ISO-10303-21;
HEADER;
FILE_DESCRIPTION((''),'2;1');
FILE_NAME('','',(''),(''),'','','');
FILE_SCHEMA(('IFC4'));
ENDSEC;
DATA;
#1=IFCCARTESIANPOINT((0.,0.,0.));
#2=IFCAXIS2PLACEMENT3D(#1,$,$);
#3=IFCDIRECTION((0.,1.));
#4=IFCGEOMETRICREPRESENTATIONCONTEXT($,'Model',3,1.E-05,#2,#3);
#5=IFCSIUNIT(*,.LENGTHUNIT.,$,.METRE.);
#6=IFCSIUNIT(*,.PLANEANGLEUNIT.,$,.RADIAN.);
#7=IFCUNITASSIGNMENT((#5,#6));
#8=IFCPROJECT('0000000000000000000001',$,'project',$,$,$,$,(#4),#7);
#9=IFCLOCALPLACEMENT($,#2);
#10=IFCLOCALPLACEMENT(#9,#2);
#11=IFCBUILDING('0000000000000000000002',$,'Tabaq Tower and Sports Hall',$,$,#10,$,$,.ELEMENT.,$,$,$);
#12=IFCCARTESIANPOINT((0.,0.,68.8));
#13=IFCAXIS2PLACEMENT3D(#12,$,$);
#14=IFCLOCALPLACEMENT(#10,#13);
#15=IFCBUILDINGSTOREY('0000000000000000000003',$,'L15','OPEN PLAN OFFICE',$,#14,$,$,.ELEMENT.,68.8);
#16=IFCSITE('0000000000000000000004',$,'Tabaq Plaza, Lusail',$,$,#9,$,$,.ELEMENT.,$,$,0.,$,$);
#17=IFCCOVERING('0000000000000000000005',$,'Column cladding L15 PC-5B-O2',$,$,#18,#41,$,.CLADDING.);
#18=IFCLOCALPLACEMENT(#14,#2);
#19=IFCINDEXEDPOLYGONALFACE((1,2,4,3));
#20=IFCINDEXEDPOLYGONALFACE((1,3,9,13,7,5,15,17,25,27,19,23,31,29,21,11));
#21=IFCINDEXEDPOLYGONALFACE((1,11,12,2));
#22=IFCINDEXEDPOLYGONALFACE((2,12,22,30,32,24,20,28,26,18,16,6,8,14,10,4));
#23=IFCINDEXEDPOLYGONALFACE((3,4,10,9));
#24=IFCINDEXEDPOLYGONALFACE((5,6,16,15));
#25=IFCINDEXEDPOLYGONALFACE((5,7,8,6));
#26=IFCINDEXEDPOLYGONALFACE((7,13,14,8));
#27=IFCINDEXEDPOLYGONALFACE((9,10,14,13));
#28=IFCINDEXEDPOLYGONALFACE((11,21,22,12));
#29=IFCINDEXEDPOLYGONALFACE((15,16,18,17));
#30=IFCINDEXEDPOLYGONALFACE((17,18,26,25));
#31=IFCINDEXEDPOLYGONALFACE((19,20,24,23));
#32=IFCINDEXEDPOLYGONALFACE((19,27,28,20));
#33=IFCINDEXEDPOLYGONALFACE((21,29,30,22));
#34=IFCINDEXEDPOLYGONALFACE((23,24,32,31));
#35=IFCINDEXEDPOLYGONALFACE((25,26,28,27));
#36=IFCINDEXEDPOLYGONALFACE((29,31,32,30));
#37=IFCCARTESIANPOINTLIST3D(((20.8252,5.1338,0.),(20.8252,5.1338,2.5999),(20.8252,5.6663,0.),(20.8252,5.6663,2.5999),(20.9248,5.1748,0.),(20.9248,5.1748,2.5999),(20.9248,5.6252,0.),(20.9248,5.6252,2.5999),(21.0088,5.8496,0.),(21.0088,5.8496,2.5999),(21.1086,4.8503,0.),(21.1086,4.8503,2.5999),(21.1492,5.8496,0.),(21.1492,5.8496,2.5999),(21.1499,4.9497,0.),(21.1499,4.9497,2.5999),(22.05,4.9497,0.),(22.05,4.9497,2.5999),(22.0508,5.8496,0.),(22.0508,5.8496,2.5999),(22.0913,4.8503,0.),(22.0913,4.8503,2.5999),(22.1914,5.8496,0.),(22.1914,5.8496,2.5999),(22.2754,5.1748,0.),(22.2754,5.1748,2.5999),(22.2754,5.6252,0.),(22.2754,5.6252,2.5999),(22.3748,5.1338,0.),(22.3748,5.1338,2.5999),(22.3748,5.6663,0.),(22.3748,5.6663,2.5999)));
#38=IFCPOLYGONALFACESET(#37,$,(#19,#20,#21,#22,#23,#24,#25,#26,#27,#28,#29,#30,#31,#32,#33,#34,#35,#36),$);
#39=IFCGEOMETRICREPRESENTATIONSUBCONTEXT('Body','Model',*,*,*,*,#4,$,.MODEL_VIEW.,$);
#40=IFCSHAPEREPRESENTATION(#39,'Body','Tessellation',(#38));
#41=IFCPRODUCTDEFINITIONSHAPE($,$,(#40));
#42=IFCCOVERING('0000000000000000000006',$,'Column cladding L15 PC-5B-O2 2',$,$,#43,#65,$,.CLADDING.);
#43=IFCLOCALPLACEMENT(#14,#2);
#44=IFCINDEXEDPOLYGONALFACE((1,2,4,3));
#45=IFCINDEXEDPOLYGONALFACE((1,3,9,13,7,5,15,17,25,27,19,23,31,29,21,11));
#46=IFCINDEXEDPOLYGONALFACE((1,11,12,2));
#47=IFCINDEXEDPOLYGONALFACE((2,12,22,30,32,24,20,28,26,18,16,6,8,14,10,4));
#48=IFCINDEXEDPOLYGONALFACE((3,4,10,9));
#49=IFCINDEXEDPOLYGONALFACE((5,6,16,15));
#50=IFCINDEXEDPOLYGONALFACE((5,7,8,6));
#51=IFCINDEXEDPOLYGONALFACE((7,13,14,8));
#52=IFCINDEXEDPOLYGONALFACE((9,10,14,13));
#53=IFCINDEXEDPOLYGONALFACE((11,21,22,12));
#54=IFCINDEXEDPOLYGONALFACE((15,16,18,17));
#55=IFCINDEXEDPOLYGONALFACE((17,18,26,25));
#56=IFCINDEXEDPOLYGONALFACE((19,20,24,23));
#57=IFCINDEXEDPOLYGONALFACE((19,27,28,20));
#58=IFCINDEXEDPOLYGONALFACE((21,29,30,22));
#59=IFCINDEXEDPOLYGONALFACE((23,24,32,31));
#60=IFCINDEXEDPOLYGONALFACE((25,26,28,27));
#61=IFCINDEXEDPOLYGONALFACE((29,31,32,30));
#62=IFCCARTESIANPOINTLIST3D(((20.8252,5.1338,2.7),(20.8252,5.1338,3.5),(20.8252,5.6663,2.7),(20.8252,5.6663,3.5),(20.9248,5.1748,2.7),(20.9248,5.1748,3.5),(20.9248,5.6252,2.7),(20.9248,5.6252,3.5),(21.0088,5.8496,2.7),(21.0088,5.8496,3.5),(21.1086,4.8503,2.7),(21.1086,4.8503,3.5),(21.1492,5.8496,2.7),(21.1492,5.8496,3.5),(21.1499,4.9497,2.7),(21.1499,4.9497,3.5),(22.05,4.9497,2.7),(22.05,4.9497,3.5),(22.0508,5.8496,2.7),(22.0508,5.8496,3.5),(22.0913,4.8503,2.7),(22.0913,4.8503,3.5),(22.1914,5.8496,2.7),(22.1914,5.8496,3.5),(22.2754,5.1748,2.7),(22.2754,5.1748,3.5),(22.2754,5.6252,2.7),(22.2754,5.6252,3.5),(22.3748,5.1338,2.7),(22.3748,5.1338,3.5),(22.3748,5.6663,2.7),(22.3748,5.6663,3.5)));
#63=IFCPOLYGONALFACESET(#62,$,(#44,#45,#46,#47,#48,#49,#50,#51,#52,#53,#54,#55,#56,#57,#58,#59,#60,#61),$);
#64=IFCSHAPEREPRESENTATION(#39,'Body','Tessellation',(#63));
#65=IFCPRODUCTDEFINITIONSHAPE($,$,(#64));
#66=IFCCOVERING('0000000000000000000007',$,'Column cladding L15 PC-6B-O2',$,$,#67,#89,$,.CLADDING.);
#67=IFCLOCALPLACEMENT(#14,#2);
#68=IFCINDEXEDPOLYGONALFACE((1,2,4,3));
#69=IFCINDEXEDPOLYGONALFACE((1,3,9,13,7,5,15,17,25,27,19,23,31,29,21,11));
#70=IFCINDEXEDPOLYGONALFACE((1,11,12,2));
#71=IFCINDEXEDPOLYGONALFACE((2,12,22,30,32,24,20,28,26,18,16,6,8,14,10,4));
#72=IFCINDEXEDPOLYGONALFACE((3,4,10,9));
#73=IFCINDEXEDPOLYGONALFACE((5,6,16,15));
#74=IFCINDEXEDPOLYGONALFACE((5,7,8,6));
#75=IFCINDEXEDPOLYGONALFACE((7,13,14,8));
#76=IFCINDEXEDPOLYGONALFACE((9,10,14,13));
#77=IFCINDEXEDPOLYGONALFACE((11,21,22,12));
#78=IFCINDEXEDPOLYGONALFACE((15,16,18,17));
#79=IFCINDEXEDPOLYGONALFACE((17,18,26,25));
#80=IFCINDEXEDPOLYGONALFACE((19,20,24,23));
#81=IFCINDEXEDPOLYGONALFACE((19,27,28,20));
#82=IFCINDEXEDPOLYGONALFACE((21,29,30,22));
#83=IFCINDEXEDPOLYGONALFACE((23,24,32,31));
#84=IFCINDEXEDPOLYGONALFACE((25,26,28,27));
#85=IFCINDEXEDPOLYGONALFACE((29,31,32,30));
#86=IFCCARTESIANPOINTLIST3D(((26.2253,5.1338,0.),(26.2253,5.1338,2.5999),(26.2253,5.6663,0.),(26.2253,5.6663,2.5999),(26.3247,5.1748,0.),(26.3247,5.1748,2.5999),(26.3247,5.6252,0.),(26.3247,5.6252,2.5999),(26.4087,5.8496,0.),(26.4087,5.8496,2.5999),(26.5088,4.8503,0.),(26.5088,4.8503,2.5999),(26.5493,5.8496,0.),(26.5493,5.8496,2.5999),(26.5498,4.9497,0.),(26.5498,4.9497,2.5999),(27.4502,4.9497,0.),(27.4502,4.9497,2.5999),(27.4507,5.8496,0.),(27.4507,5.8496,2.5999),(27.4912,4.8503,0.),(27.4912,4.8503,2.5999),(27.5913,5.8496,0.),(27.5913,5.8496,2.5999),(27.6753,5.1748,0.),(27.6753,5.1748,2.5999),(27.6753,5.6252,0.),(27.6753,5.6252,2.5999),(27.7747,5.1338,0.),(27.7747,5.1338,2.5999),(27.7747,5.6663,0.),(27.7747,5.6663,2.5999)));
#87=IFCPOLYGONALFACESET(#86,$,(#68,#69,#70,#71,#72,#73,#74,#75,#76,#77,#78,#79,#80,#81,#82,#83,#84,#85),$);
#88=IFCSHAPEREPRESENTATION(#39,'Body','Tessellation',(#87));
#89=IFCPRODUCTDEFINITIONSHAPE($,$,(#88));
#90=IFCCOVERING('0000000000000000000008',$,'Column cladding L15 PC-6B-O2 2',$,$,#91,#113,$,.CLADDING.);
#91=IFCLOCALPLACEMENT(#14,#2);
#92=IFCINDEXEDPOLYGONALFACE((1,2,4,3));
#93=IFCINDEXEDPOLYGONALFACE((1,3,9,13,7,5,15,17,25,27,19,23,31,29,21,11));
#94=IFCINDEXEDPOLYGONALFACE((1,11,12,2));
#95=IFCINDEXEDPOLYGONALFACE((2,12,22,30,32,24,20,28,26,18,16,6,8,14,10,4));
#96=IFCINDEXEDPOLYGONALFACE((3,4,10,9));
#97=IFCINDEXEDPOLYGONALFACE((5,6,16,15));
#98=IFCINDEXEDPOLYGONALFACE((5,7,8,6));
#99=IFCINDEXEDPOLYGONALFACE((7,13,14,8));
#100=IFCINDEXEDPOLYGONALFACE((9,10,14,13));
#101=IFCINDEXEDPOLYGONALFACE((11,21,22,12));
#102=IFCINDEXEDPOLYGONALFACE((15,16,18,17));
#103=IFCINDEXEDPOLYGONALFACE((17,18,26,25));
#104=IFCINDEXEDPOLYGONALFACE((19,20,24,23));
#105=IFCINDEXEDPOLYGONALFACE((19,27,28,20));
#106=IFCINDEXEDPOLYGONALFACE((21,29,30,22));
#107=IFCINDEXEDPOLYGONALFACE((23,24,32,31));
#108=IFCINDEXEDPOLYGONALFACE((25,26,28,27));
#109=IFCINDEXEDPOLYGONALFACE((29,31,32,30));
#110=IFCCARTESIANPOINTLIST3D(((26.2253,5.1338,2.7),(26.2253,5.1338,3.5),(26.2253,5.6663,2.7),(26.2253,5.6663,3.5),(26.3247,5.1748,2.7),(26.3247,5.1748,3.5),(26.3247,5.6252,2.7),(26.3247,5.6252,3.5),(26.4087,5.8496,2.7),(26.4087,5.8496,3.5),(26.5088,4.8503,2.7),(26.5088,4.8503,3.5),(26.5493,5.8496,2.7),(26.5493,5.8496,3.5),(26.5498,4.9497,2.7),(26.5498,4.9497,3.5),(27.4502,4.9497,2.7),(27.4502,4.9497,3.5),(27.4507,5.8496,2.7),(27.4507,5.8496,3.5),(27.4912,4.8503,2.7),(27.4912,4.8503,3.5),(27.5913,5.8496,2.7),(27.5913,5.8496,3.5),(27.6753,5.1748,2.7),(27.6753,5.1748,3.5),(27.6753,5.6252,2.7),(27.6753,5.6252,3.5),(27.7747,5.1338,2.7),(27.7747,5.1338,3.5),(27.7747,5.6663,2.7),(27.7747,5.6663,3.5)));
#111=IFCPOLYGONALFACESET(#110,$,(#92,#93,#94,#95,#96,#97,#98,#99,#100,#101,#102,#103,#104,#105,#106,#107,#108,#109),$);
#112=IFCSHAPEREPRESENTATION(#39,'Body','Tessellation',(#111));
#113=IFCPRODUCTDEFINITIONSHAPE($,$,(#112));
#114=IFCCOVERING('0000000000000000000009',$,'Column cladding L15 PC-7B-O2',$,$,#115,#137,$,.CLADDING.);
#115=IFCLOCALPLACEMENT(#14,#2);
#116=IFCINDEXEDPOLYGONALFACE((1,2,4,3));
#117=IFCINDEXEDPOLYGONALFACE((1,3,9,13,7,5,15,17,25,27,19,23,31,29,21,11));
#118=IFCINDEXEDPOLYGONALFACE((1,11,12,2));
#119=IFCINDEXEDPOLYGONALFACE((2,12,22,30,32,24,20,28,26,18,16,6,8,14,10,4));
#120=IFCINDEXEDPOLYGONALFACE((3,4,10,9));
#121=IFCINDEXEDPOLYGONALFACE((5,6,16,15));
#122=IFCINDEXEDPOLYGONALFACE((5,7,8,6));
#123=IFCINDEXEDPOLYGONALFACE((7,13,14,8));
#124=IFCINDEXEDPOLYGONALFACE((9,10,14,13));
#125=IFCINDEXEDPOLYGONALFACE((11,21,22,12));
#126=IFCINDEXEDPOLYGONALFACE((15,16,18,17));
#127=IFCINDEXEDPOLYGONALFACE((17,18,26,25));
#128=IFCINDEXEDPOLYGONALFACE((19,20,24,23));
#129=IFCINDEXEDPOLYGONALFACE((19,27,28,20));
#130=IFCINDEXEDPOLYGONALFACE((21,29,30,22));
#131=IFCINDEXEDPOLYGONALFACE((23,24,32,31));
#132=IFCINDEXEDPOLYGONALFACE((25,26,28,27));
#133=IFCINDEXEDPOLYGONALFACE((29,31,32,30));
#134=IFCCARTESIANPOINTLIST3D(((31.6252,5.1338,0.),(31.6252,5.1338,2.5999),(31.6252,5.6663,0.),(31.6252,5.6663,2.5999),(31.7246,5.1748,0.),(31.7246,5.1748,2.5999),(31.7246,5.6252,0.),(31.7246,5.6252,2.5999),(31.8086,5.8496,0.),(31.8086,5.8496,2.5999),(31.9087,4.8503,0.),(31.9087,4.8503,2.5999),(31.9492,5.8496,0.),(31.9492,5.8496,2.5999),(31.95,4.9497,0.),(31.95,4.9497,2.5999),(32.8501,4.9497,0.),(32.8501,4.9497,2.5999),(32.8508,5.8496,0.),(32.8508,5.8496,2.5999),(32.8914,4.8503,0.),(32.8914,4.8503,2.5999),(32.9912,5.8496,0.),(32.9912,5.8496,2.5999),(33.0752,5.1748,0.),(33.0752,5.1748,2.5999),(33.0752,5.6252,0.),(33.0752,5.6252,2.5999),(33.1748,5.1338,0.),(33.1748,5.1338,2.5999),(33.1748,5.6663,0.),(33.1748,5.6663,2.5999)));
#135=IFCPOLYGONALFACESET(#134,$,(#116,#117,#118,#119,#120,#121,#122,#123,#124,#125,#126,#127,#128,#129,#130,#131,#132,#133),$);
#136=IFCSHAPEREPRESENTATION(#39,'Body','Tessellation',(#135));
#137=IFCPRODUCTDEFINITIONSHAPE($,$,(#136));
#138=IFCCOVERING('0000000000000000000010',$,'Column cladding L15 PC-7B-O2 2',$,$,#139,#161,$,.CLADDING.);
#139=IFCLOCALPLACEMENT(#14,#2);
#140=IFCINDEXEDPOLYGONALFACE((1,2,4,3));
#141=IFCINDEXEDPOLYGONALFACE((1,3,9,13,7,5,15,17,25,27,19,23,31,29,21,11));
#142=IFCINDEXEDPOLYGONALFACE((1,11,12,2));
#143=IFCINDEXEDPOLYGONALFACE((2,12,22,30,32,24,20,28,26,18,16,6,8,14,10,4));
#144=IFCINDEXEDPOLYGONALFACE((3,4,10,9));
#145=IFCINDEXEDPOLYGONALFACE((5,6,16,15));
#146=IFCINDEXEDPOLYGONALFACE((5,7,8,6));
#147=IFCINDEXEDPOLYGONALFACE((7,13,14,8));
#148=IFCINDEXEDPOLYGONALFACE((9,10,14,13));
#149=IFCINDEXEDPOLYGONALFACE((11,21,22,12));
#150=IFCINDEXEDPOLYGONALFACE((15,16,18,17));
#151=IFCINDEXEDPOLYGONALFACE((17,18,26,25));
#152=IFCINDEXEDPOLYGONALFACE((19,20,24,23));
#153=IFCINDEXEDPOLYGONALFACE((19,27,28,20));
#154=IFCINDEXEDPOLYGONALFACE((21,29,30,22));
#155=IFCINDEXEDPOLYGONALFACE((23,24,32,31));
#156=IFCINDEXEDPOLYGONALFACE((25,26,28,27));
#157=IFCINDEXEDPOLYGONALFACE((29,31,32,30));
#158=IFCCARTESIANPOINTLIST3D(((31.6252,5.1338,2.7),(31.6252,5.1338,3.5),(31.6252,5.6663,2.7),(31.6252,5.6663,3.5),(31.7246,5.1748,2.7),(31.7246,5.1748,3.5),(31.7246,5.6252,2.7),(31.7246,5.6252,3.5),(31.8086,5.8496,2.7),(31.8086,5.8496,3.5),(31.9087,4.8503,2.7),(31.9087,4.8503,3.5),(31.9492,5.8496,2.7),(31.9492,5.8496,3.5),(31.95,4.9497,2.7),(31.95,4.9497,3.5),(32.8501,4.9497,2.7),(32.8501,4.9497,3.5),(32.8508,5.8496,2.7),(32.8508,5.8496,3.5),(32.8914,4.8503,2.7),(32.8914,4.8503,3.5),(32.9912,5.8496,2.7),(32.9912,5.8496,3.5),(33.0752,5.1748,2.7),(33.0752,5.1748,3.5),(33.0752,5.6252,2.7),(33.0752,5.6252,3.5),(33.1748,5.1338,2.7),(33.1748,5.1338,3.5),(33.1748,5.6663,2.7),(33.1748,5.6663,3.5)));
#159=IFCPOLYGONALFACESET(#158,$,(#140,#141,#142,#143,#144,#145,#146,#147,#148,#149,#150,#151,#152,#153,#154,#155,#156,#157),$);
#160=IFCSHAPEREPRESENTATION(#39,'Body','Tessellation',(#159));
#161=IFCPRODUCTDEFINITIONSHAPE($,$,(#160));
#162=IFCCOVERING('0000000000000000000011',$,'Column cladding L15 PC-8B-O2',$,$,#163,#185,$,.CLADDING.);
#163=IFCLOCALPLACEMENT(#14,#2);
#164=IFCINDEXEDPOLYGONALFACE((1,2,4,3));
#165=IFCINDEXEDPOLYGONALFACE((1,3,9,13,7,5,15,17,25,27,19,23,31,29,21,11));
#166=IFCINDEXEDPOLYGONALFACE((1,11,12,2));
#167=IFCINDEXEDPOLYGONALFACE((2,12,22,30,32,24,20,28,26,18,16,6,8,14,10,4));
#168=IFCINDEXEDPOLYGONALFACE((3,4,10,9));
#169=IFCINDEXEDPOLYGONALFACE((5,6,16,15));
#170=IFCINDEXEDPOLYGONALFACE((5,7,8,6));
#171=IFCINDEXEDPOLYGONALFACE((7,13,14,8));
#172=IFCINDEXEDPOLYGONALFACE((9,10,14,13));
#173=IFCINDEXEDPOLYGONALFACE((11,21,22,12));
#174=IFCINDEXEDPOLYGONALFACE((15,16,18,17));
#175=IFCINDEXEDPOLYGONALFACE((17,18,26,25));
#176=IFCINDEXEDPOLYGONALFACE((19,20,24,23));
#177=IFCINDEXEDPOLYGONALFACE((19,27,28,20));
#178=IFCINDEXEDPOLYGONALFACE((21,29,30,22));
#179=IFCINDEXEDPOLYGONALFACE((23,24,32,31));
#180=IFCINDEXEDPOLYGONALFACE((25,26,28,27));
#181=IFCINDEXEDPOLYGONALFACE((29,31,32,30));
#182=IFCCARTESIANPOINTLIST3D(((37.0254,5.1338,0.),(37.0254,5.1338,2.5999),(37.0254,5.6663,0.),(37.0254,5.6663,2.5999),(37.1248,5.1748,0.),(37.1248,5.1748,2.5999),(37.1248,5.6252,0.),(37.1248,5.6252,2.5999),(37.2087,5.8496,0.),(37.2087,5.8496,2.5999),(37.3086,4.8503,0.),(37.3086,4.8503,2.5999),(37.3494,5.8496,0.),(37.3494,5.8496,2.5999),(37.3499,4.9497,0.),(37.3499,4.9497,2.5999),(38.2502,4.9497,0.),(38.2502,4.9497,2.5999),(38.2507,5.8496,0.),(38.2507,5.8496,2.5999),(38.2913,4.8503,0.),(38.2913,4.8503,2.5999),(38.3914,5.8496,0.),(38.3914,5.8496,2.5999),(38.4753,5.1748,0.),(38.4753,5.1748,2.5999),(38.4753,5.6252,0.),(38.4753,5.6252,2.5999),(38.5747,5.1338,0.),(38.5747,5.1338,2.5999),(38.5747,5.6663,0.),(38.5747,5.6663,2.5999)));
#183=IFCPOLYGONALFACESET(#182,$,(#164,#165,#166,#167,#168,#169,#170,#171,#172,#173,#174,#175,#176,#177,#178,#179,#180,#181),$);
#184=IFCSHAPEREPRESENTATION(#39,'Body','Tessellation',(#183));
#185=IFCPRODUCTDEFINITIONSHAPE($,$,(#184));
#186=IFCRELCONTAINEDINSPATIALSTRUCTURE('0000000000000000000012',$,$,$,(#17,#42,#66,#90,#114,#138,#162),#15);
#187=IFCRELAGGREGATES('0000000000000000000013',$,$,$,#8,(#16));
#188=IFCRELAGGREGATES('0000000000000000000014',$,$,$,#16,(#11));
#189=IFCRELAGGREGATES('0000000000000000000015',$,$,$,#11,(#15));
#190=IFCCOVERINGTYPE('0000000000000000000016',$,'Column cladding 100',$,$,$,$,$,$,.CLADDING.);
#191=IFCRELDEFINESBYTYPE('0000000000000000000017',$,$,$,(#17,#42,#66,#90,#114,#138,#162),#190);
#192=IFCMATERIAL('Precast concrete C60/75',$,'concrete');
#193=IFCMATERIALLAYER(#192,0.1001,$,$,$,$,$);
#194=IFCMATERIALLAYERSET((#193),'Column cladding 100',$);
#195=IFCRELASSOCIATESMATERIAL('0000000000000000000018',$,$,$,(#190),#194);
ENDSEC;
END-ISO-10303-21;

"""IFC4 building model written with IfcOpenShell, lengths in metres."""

from ifc_helpers import new_model, si_unit, direction, frame, origin, place, context, subcontext, project, spatial, polyline, outline, extrude, material, layer, layer_set, type_object, element, save


model = new_model("IFC4")

# Units and contexts
model_context = context("Model", 3, precision=1e-05, world=origin(), true_north=direction((0.0, 1.0)))
body_context = subcontext(model_context, "Body", "Model", "MODEL_VIEW")
ifc_project = project(units=[si_unit("LENGTHUNIT", "METRE"), si_unit("PLANEANGLEUNIT", "RADIAN")], contexts=[model_context])

# Site, building, storey
site_placement = place(None, origin())
site = spatial("IfcSite", under=ifc_project, at=site_placement, Name="Tabaq Plaza, Lusail", CompositionType="ELEMENT", RefElevation=0.0)
building_placement = place(site_placement, origin())
building = spatial("IfcBuilding", under=site, at=building_placement, Name="Tabaq Tower and Sports Hall", CompositionType="ELEMENT")
storey_placement = place(building_placement, frame((0.0, 0.0, 68.8)))
storey = spatial("IfcBuildingStorey", under=building, at=storey_placement, Name="L15", Description="OPEN PLAN OFFICE", CompositionType="ELEMENT", Elevation=68.8)

# Coverings
ifc_material_1 = material(Name="Precast concrete C60/75", Category="concrete")
ifc_layer_1 = layer(ifc_material_1, 0.1001)
ifc_layer_set_1 = layer_set([ifc_layer_1], Name="Column cladding 100")
covering_type = type_object("IfcCoveringType", Name="Column cladding 100", PredefinedType="CLADDING", material=ifc_layer_set_1)
covering_1_placement = place(storey_placement, origin())
element("IfcCovering", 1, at=covering_1_placement, inside=storey, type_object=covering_type, Name="Column cladding L15 PC-5B-O2", PredefinedType="CLADDING", context=body_context, shape_type="SweptSolid", body=[
    extrude(outline(polyline([(20.8252, 5.6663), (21.0088, 5.8496), (21.1492, 5.8496), (20.9248, 5.6252), (20.9248, 5.1748), (21.1499, 4.9497), (22.05, 4.9497), (22.2754, 5.1748), (22.2754, 5.6252), (22.0508, 5.8496), (22.1914, 5.8496), (22.3748, 5.6663), (22.3748, 5.1338), (22.0913, 4.8503), (21.1086, 4.8503), (20.8252, 5.1338), (20.8252, 5.6663)])), origin(), (0.0, 0.0, 1.0), 2.5999),
])
covering_2_placement = place(storey_placement, frame((0.0, 0.0, 2.7)))
element("IfcCovering", 2, at=covering_2_placement, inside=storey, type_object=covering_type, Name="Column cladding L15 PC-5B-O2 2", PredefinedType="CLADDING", context=body_context, shape_type="SweptSolid", body=[
    extrude(outline(polyline([(20.8252, 5.6663), (21.0088, 5.8496), (21.1492, 5.8496), (20.9248, 5.6252), (20.9248, 5.1748), (21.1499, 4.9497), (22.05, 4.9497), (22.2754, 5.1748), (22.2754, 5.6252), (22.0508, 5.8496), (22.1914, 5.8496), (22.3748, 5.6663), (22.3748, 5.1338), (22.0913, 4.8503), (21.1086, 4.8503), (20.8252, 5.1338), (20.8252, 5.6663)])), origin(), (0.0, 0.0, 1.0), 0.8),
])
covering_3_placement = place(storey_placement, origin())
element("IfcCovering", 3, at=covering_3_placement, inside=storey, type_object=covering_type, Name="Column cladding L15 PC-6B-O2", PredefinedType="CLADDING", context=body_context, shape_type="SweptSolid", body=[
    extrude(outline(polyline([(26.2253, 5.6663), (26.4087, 5.8496), (26.5493, 5.8496), (26.3247, 5.6252), (26.3247, 5.1748), (26.5498, 4.9497), (27.4502, 4.9497), (27.6753, 5.1748), (27.6753, 5.6252), (27.4507, 5.8496), (27.5913, 5.8496), (27.7747, 5.6663), (27.7747, 5.1338), (27.4912, 4.8503), (26.5088, 4.8503), (26.2253, 5.1338), (26.2253, 5.6663)])), origin(), (0.0, 0.0, 1.0), 2.5999),
])
covering_4_placement = place(storey_placement, frame((0.0, 0.0, 2.7)))
element("IfcCovering", 4, at=covering_4_placement, inside=storey, type_object=covering_type, Name="Column cladding L15 PC-6B-O2 2", PredefinedType="CLADDING", context=body_context, shape_type="SweptSolid", body=[
    extrude(outline(polyline([(26.2253, 5.6663), (26.4087, 5.8496), (26.5493, 5.8496), (26.3247, 5.6252), (26.3247, 5.1748), (26.5498, 4.9497), (27.4502, 4.9497), (27.6753, 5.1748), (27.6753, 5.6252), (27.4507, 5.8496), (27.5913, 5.8496), (27.7747, 5.6663), (27.7747, 5.1338), (27.4912, 4.8503), (26.5088, 4.8503), (26.2253, 5.1338), (26.2253, 5.6663)])), origin(), (0.0, 0.0, 1.0), 0.8),
])
covering_5_placement = place(storey_placement, origin())
element("IfcCovering", 5, at=covering_5_placement, inside=storey, type_object=covering_type, Name="Column cladding L15 PC-7B-O2", PredefinedType="CLADDING", context=body_context, shape_type="SweptSolid", body=[
    extrude(outline(polyline([(31.6252, 5.6663), (31.8086, 5.8496), (31.9492, 5.8496), (31.7246, 5.6252), (31.7246, 5.1748), (31.95, 4.9497), (32.8501, 4.9497), (33.0752, 5.1748), (33.0752, 5.6252), (32.8508, 5.8496), (32.9912, 5.8496), (33.1748, 5.6663), (33.1748, 5.1338), (32.8914, 4.8503), (31.9087, 4.8503), (31.6252, 5.1338), (31.6252, 5.6663)])), origin(), (0.0, 0.0, 1.0), 2.5999),
])
covering_6_placement = place(storey_placement, frame((0.0, 0.0, 2.7)))
element("IfcCovering", 6, at=covering_6_placement, inside=storey, type_object=covering_type, Name="Column cladding L15 PC-7B-O2 2", PredefinedType="CLADDING", context=body_context, shape_type="SweptSolid", body=[
    extrude(outline(polyline([(31.6252, 5.6663), (31.8086, 5.8496), (31.9492, 5.8496), (31.7246, 5.6252), (31.7246, 5.1748), (31.95, 4.9497), (32.8501, 4.9497), (33.0752, 5.1748), (33.0752, 5.6252), (32.8508, 5.8496), (32.9912, 5.8496), (33.1748, 5.6663), (33.1748, 5.1338), (32.8914, 4.8503), (31.9087, 4.8503), (31.6252, 5.1338), (31.6252, 5.6663)])), origin(), (0.0, 0.0, 1.0), 0.8),
])
covering_7_placement = place(storey_placement, origin())
element("IfcCovering", 7, at=covering_7_placement, inside=storey, type_object=covering_type, Name="Column cladding L15 PC-8B-O2", PredefinedType="CLADDING", context=body_context, shape_type="SweptSolid", body=[
    extrude(outline(polyline([(37.0254, 5.6663), (37.2087, 5.8496), (37.3494, 5.8496), (37.1248, 5.6252), (37.1248, 5.1748), (37.3499, 4.9497), (38.2502, 4.9497), (38.4753, 5.1748), (38.4753, 5.6252), (38.2507, 5.8496), (38.3914, 5.8496), (38.5747, 5.6663), (38.5747, 5.1338), (38.2913, 4.8503), (37.3086, 4.8503), (37.0254, 5.1338), (37.0254, 5.6663)])), origin(), (0.0, 0.0, 1.0), 2.5999),
])

save(model, "model.ifc")
